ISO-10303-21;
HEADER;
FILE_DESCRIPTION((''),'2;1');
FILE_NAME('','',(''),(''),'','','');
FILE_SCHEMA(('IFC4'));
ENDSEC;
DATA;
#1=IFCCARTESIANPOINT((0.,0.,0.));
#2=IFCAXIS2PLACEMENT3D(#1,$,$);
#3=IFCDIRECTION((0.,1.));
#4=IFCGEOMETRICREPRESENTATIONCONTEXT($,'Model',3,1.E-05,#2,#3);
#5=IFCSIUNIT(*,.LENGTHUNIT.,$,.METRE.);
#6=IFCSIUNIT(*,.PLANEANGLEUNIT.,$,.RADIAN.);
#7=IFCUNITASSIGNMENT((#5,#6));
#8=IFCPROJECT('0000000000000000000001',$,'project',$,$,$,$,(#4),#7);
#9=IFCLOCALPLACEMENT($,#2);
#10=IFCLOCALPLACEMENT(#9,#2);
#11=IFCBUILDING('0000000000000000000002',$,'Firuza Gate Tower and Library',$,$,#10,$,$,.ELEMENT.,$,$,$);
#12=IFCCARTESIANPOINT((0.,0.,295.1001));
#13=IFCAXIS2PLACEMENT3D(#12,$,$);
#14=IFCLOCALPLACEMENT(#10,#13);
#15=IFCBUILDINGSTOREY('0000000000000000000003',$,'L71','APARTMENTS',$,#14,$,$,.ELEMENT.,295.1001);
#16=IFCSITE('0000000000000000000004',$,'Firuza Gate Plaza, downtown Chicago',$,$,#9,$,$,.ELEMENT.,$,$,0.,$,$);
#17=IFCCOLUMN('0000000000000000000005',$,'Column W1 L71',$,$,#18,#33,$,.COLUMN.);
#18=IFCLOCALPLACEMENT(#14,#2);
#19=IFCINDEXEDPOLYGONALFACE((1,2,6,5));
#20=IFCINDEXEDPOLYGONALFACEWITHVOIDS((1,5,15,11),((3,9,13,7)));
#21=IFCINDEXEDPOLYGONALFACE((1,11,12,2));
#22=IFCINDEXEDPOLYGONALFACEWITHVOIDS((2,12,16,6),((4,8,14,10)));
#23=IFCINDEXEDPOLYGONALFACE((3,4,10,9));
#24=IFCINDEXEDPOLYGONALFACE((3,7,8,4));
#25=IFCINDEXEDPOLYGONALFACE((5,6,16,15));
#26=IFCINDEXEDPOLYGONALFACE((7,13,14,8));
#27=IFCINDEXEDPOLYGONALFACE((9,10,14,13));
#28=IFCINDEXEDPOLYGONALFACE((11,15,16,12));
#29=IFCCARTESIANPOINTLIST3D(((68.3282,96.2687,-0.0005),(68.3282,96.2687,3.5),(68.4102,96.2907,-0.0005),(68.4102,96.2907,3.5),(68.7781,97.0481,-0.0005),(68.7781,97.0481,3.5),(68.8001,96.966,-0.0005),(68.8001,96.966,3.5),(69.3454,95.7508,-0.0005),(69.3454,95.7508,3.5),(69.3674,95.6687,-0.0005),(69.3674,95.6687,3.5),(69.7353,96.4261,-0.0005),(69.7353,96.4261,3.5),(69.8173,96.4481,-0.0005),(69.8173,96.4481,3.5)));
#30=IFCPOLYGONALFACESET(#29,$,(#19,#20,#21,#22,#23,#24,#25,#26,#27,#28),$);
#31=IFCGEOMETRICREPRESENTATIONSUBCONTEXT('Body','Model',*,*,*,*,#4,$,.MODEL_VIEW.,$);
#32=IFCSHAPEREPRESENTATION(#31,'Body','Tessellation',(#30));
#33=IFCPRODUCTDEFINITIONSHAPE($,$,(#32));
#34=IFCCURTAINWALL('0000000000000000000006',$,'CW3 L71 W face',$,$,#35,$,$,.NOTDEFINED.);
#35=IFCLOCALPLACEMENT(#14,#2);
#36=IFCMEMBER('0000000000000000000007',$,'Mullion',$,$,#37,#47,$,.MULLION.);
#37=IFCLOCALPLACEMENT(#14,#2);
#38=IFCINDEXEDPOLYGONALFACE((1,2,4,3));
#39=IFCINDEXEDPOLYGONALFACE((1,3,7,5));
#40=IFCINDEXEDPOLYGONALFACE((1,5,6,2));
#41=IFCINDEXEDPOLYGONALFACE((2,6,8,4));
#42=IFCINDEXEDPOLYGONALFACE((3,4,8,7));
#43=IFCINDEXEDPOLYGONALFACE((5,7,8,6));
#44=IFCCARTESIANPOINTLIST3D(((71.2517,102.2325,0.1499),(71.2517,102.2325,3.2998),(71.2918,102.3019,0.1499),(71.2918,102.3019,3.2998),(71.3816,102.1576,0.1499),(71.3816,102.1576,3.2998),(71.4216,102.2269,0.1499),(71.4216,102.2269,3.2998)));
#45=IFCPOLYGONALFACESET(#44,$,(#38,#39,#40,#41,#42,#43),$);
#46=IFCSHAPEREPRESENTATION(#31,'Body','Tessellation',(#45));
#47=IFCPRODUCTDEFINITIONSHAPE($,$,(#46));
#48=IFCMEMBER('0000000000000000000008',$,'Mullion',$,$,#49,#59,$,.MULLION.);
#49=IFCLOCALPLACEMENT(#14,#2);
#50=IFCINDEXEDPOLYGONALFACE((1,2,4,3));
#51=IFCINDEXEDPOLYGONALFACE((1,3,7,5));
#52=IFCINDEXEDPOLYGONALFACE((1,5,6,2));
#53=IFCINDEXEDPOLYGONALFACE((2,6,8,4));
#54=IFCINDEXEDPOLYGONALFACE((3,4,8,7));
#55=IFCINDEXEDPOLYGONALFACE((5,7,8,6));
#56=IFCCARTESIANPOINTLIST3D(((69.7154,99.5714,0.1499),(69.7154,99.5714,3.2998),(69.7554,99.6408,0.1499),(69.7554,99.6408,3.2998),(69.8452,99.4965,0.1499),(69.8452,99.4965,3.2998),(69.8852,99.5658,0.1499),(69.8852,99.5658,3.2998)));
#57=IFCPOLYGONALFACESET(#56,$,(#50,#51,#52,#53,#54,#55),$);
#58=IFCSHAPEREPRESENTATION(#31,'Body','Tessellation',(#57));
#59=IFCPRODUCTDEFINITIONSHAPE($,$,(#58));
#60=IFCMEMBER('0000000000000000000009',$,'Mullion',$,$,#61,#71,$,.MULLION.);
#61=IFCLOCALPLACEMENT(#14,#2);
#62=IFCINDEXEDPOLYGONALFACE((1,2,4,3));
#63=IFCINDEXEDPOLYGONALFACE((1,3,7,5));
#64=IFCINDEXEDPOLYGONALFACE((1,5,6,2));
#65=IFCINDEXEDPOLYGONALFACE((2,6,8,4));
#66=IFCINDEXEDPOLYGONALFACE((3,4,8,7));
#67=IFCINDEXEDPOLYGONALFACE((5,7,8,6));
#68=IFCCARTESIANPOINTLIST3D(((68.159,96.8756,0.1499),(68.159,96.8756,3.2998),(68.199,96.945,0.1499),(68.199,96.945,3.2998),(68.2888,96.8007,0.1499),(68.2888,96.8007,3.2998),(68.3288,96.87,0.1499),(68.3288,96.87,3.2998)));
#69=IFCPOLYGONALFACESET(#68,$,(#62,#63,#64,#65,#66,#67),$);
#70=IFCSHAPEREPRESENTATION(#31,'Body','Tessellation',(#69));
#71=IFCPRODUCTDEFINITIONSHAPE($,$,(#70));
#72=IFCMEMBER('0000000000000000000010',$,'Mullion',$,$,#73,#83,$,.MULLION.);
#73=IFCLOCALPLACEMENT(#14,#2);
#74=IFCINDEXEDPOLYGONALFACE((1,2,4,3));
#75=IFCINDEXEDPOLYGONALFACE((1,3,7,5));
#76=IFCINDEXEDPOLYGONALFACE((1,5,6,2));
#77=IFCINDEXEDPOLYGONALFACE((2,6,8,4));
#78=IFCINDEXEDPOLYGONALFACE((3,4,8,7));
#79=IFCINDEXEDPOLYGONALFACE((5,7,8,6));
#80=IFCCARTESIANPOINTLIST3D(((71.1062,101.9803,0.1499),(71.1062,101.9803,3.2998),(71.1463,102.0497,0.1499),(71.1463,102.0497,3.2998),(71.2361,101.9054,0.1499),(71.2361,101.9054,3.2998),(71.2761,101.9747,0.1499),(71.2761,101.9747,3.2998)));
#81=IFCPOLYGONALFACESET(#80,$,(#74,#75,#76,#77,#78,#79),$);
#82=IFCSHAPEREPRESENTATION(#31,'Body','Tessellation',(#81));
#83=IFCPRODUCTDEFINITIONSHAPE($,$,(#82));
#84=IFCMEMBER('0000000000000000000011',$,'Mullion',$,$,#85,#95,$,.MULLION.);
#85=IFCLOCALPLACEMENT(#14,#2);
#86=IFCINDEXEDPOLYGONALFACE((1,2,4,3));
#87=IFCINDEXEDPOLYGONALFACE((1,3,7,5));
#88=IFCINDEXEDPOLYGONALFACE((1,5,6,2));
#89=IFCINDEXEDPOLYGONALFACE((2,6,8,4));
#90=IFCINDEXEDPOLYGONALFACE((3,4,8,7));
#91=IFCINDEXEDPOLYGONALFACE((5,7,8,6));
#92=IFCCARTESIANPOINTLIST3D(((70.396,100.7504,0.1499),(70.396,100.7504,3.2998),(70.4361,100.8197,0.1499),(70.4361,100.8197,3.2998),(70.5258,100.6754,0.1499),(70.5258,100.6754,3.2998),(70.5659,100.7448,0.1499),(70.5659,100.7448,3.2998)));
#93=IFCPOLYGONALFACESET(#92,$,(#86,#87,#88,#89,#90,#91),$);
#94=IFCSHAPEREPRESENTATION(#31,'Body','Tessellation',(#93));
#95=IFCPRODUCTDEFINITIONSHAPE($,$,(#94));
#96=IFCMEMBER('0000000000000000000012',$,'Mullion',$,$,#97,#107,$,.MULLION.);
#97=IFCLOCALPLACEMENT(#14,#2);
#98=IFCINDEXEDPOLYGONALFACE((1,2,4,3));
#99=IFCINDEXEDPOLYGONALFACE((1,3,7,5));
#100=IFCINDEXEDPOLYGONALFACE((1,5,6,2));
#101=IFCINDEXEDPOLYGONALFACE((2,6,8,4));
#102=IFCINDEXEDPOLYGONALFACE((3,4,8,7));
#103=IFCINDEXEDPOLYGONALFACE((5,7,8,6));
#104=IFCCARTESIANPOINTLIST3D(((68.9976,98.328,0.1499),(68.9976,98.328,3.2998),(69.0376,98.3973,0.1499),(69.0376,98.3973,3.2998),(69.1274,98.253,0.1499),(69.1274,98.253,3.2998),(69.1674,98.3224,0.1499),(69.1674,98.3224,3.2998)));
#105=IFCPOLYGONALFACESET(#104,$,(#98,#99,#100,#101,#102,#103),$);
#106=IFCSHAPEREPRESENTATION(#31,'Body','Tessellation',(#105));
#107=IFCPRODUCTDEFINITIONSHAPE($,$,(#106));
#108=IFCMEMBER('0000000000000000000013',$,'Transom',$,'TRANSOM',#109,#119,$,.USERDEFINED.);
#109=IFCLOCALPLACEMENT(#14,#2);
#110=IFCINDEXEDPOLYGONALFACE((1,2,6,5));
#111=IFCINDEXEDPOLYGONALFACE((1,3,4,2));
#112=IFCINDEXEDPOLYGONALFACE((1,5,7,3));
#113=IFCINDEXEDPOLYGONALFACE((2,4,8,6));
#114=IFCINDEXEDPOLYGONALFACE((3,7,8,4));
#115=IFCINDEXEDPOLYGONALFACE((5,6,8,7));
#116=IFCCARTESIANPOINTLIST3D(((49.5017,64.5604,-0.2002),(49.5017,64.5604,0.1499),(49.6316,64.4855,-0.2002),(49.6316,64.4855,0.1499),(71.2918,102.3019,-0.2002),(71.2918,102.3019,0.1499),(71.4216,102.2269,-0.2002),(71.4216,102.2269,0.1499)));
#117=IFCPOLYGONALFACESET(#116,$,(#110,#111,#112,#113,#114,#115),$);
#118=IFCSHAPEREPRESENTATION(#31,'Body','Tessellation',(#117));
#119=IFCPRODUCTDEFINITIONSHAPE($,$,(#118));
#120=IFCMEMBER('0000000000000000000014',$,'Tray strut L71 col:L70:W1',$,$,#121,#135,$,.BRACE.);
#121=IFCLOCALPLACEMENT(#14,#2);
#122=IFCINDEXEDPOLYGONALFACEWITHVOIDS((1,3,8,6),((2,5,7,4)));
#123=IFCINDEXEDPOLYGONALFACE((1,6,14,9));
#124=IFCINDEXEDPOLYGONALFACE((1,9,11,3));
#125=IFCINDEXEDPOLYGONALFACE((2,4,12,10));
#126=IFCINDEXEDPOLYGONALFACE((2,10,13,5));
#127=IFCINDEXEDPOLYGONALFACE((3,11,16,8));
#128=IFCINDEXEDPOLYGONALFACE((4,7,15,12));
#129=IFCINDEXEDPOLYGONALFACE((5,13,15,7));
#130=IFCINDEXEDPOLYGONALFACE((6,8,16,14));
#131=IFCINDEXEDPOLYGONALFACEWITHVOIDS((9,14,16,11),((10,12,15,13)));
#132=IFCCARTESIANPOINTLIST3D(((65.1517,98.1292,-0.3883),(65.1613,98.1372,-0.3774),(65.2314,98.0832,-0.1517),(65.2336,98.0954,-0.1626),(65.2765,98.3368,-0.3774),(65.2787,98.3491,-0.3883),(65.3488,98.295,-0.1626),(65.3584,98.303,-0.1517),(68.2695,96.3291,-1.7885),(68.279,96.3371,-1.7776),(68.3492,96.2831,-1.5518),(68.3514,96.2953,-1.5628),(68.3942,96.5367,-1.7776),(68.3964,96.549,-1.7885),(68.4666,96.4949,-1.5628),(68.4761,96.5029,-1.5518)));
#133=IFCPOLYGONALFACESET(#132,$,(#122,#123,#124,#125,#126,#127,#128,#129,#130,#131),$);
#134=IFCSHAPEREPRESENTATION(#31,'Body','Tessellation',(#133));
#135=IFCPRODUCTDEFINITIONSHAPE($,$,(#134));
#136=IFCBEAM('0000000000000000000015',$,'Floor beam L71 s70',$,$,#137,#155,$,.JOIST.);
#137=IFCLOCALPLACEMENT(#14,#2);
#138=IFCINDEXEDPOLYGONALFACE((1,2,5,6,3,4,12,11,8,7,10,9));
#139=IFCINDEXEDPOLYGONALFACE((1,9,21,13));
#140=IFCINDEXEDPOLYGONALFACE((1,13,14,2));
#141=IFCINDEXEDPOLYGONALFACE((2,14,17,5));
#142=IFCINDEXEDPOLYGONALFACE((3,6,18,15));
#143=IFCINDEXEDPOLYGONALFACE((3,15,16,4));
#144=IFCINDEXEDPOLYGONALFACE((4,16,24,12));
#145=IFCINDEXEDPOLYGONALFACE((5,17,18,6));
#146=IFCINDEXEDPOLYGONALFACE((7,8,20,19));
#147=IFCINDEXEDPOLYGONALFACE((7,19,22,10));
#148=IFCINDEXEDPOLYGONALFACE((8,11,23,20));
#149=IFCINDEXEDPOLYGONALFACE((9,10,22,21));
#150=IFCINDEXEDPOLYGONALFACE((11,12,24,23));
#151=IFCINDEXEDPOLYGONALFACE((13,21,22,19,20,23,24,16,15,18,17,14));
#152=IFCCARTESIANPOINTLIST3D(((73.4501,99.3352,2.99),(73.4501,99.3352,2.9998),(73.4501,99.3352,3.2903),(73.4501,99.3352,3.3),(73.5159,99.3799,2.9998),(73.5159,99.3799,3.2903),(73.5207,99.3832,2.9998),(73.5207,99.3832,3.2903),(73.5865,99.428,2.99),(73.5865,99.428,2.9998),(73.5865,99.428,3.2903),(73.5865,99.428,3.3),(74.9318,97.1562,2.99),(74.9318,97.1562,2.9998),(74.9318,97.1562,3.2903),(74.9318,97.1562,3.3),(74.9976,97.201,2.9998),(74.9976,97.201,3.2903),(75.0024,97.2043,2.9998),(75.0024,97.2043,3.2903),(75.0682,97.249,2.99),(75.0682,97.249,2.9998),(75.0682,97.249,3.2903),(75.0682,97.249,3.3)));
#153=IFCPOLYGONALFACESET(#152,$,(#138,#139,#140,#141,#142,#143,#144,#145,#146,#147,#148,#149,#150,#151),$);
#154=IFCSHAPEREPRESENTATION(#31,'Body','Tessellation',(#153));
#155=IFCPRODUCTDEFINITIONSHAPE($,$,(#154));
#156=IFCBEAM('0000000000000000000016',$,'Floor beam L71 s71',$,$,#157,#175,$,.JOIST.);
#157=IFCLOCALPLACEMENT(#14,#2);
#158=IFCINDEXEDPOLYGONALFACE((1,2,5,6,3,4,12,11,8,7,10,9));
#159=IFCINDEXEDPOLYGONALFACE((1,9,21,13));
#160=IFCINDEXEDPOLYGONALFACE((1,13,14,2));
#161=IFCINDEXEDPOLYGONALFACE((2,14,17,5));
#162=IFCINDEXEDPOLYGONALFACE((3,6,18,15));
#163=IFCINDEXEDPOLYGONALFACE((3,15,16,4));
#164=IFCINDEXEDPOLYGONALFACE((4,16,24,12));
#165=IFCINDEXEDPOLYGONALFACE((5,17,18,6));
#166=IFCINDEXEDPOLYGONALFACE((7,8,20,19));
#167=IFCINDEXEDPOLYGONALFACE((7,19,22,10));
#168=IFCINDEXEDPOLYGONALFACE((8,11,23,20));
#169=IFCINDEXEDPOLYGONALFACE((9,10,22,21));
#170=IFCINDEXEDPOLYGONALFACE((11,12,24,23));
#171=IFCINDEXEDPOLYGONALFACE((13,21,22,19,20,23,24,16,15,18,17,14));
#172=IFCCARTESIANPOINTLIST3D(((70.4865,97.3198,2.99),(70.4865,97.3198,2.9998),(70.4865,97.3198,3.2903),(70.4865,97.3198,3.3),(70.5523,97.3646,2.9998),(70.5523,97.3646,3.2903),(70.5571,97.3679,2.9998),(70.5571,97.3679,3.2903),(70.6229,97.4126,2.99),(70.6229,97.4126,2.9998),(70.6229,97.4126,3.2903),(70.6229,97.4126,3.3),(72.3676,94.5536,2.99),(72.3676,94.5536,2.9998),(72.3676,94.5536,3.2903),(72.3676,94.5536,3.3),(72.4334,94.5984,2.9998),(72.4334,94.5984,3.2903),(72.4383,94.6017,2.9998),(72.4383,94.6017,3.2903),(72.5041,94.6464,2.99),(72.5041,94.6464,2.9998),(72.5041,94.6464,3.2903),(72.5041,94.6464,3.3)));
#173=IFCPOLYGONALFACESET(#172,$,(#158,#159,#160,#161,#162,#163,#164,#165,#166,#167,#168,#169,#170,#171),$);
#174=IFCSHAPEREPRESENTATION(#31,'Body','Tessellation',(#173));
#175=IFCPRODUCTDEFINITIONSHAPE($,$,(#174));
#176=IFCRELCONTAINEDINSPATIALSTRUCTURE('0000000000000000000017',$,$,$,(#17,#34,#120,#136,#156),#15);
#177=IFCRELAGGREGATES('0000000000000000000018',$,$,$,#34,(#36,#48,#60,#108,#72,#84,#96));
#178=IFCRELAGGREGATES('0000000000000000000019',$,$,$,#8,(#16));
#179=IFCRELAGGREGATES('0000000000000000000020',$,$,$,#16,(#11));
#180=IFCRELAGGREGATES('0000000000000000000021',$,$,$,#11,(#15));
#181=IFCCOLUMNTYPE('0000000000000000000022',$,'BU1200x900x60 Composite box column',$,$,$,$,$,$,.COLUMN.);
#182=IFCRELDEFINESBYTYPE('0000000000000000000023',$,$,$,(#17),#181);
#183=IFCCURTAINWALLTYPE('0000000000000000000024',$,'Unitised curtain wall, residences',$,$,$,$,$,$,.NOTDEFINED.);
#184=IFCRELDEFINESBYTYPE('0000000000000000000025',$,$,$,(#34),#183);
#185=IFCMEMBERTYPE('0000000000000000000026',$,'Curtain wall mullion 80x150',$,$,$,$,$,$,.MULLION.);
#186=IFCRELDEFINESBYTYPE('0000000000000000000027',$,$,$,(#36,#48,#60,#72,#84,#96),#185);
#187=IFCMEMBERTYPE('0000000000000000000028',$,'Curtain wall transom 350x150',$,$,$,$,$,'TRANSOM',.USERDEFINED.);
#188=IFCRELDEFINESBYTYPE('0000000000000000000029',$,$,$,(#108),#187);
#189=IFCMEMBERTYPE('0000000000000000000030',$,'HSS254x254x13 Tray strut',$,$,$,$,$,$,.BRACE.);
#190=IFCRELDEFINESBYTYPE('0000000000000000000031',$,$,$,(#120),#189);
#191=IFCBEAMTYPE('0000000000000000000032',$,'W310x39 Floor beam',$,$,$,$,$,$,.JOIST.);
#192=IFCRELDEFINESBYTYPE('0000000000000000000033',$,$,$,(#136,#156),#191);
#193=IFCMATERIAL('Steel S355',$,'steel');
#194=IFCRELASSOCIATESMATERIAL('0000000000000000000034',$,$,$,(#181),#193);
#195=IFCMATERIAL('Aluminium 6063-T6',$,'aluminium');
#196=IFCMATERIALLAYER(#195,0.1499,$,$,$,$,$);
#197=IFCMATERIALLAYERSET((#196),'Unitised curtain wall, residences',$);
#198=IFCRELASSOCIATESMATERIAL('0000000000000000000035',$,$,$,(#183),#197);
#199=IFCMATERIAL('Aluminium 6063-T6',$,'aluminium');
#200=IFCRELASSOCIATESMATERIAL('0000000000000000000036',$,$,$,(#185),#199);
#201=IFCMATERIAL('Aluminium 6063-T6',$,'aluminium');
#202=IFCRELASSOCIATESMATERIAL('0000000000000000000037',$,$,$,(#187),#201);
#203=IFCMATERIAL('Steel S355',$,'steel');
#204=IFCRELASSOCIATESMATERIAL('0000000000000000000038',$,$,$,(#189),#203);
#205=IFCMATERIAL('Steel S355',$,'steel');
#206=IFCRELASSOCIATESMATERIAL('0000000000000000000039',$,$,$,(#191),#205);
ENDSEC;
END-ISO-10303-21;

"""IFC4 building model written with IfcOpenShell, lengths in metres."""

from ifc_helpers import new_model, si_unit, direction, frame, origin, origin_2d, place, context, subcontext, project, spatial, rectangle, hollow_rectangle, i_section, extrude, material, layer, layer_set, material_profile, profile_set, type_object, element, aggregate, save


model = new_model("IFC4")

# Units and contexts
model_context = context("Model", 3, precision=1e-05, world=origin(), true_north=direction((0.0, 1.0)))
body_context = subcontext(model_context, "Body", "Model", "MODEL_VIEW")
ifc_project = project(units=[si_unit("LENGTHUNIT", "METRE"), si_unit("PLANEANGLEUNIT", "RADIAN")], contexts=[model_context])

# Site, building, storey
site_placement = place(None, origin())
site = spatial("IfcSite", under=ifc_project, at=site_placement, Name="Firuza Gate Plaza, downtown Chicago", CompositionType="ELEMENT", RefElevation=0.0)
building_placement = place(site_placement, origin())
building = spatial("IfcBuilding", under=site, at=building_placement, Name="Firuza Gate Tower and Library", CompositionType="ELEMENT")
storey_placement = place(building_placement, frame((0.0, 0.0, 295.1001)))
storey = spatial("IfcBuildingStorey", under=building, at=storey_placement, Name="L71", Description="APARTMENTS", CompositionType="ELEMENT", Elevation=295.1001)

# Column
ifc_material_1 = material(Name="Steel S355", Category="steel")
ifc_material_profile_1 = material_profile(ifc_material_1, hollow_rectangle(XDim=0.8999, YDim=1.2, WallThickness=0.0601, at=origin_2d()))
ifc_profile_set_1 = profile_set([ifc_material_profile_1], Name="Steel S355")
column_type = type_object("IfcColumnType", Name="BU1200x900x60 Composite box column", PredefinedType="COLUMN", material=ifc_profile_set_1)
column_placement = place(storey_placement, frame((69.0728, 96.3584, -0.0005), z_axis=(0.0, 0.0, 1.0), x_axis=(-0.5, -0.866025, 0.0)))
element("IfcColumn", 1, at=column_placement, inside=storey, type_object=column_type, Name="Column W1 L71", PredefinedType="COLUMN", context=body_context, shape_type="SweptSolid", body=[
    extrude(hollow_rectangle(XDim=0.8999, YDim=1.2, WallThickness=0.0601, at=origin_2d()), origin(), (0.0, 0.0, 1.0), 3.5005),
])

# Curtain wall, members
ifc_material_2 = material(Name="Aluminium 6063-T6", Category="aluminium")
ifc_layer_1 = layer(ifc_material_2, 0.1499)
ifc_layer_set_1 = layer_set([ifc_layer_1], Name="Unitised curtain wall, residences")
curtain_wall_type = type_object("IfcCurtainWallType", Name="Unitised curtain wall, residences", PredefinedType="NOTDEFINED", material=ifc_layer_set_1)
curtain_wall_placement = place(storey_placement, origin())
curtain_wall = element("IfcCurtainWall", 2, at=curtain_wall_placement, inside=storey, type_object=curtain_wall_type, Name="CW3 L71 W face", PredefinedType="NOTDEFINED")
ifc_material_3 = material(Name="Aluminium 6063-T6", Category="aluminium")
ifc_material_profile_2 = material_profile(ifc_material_3, rectangle(XDim=0.1499, YDim=0.0801, at=origin_2d()))
ifc_profile_set_2 = profile_set([ifc_material_profile_2], Name="Aluminium 6063-T6")
member_type_1 = type_object("IfcMemberType", Name="Curtain wall mullion 80x150", PredefinedType="MULLION", material=ifc_profile_set_2)
member_1_placement = place(storey_placement, frame((71.3367, 102.2297, 0.1499), z_axis=(0.0, 0.0, 1.0), x_axis=(0.866025, -0.5, 0.0)))
member_1 = element("IfcMember", 3, at=member_1_placement, type_object=member_type_1, Name="Mullion", PredefinedType="MULLION", context=body_context, shape_type="SweptSolid", body=[
    extrude(rectangle(XDim=0.1499, YDim=0.0801, at=origin_2d()), origin(), (0.0, 0.0, 1.0), 3.1499),
])
member_2_placement = place(storey_placement, frame((69.8003, 99.5686, 0.1499), z_axis=(0.0, 0.0, 1.0), x_axis=(0.866025, -0.5, 0.0)))
member_2 = element("IfcMember", 4, at=member_2_placement, type_object=member_type_1, Name="Mullion", PredefinedType="MULLION", context=body_context, shape_type="SweptSolid", body=[
    extrude(rectangle(XDim=0.1499, YDim=0.0801, at=origin_2d()), origin(), (0.0, 0.0, 1.0), 3.1499),
])
member_3_placement = place(storey_placement, frame((68.2439, 96.8728, 0.1499), z_axis=(0.0, 0.0, 1.0), x_axis=(0.866025, -0.5, 0.0)))
member_3 = element("IfcMember", 5, at=member_3_placement, type_object=member_type_1, Name="Mullion", PredefinedType="MULLION", context=body_context, shape_type="SweptSolid", body=[
    extrude(rectangle(XDim=0.1499, YDim=0.0801, at=origin_2d()), origin(), (0.0, 0.0, 1.0), 3.1499),
])
member_4_placement = place(storey_placement, frame((71.1912, 101.9775, 0.1499), z_axis=(0.0, 0.0, 1.0), x_axis=(0.866025, -0.5, 0.0)))
member_4 = element("IfcMember", 6, at=member_4_placement, type_object=member_type_1, Name="Mullion", PredefinedType="MULLION", context=body_context, shape_type="SweptSolid", body=[
    extrude(rectangle(XDim=0.1499, YDim=0.0801, at=origin_2d()), origin(), (0.0, 0.0, 1.0), 3.1499),
])
member_5_placement = place(storey_placement, frame((70.481, 100.7476, 0.1499), z_axis=(0.0, 0.0, 1.0), x_axis=(0.866025, -0.5, 0.0)))
member_5 = element("IfcMember", 7, at=member_5_placement, type_object=member_type_1, Name="Mullion", PredefinedType="MULLION", context=body_context, shape_type="SweptSolid", body=[
    extrude(rectangle(XDim=0.1499, YDim=0.0801, at=origin_2d()), origin(), (0.0, 0.0, 1.0), 3.1499),
])
member_6_placement = place(storey_placement, frame((69.0825, 98.3252, 0.1499), z_axis=(0.0, 0.0, 1.0), x_axis=(0.866025, -0.5, 0.0)))
member_6 = element("IfcMember", 8, at=member_6_placement, type_object=member_type_1, Name="Mullion", PredefinedType="MULLION", context=body_context, shape_type="SweptSolid", body=[
    extrude(rectangle(XDim=0.1499, YDim=0.0801, at=origin_2d()), origin(), (0.0, 0.0, 1.0), 3.1499),
])
ifc_material_4 = material(Name="Aluminium 6063-T6", Category="aluminium")
ifc_material_profile_3 = material_profile(ifc_material_4, rectangle(XDim=0.1499, YDim=0.3501, at=origin_2d()))
ifc_profile_set_3 = profile_set([ifc_material_profile_3], Name="Aluminium 6063-T6")
member_type_2 = type_object("IfcMemberType", Name="Curtain wall transom 350x150", ElementType="TRANSOM", PredefinedType="USERDEFINED", material=ifc_profile_set_3)
member_7_placement = place(storey_placement, frame((71.3567, 102.2644, -0.0251), z_axis=(-0.5, -0.866025, 0.0), x_axis=(0.866025, -0.5, 0.0)))
member_7 = element("IfcMember", 9, at=member_7_placement, type_object=member_type_2, Name="Transom", ObjectType="TRANSOM", PredefinedType="USERDEFINED", context=body_context, shape_type="SweptSolid", body=[
    extrude(rectangle(XDim=0.1499, YDim=0.3501, at=origin_2d()), origin(), (0.0, 0.0, 1.0), 43.5801),
])

# Member
ifc_material_5 = material(Name="Steel S355", Category="steel")
ifc_material_profile_4 = material_profile(ifc_material_5, hollow_rectangle(XDim=0.2539, YDim=0.2539, WallThickness=0.0117, at=origin_2d()))
ifc_profile_set_4 = profile_set([ifc_material_profile_4], Name="Steel S355")
member_type_3 = type_object("IfcMemberType", Name="HSS254x254x13 Tray strut", PredefinedType="BRACE", material=ifc_profile_set_4)
member_8_placement = place(storey_placement, frame((68.3728, 96.416, -1.6702), z_axis=(-0.807122, 0.466007, 0.362478), x_axis=(-0.500012, -0.866018, 0.0)))
element("IfcMember", 10, at=member_8_placement, inside=storey, type_object=member_type_3, Name="Tray strut L71 col:L70:W1", PredefinedType="BRACE", context=body_context, shape_type="SweptSolid", body=[
    extrude(hollow_rectangle(XDim=0.2539, YDim=0.2539, WallThickness=0.0117, at=origin_2d()), origin(), (0.0, 0.0, 1.0), 3.8628),
])

# Beams
ifc_material_6 = material(Name="Steel S355", Category="steel")
ifc_material_profile_5 = material_profile(ifc_material_6, i_section(OverallWidth=0.165, OverallDepth=0.3101, WebThickness=0.0059, FlangeThickness=0.0098, at=origin_2d()))
ifc_profile_set_5 = profile_set([ifc_material_profile_5], Name="Steel S355")
beam_type_1 = type_object("IfcBeamType", Name="W310x39 Floor beam", PredefinedType="JOIST", material=ifc_profile_set_5)
beam_1_placement = place(storey_placement, frame((73.5183, 99.3816, 3.145), z_axis=(0.56231, -0.826927, 0.0), x_axis=(0.826927, 0.56231, 0.0)))
element("IfcBeam", 11, at=beam_1_placement, inside=storey, type_object=beam_type_1, Name="Floor beam L71 s70", PredefinedType="JOIST", context=body_context, shape_type="SweptSolid", body=[
    extrude(i_section(OverallWidth=0.165, OverallDepth=0.3101, WebThickness=0.0059, FlangeThickness=0.0098, at=origin_2d()), origin(), (0.0, 0.0, 1.0), 2.635),
])
beam_2_placement = place(storey_placement, frame((70.5547, 97.3662, 3.145), z_axis=(0.56234, -0.826906, 0.0), x_axis=(0.826906, 0.56234, 0.0)))
element("IfcBeam", 12, at=beam_2_placement, inside=storey, type_object=beam_type_1, Name="Floor beam L71 s71", PredefinedType="JOIST", context=body_context, shape_type="SweptSolid", body=[
    extrude(i_section(OverallWidth=0.165, OverallDepth=0.3101, WebThickness=0.0059, FlangeThickness=0.0098, at=origin_2d()), origin(), (0.0, 0.0, 1.0), 3.3452),
])

aggregate(curtain_wall, [member_1, member_2, member_3, member_7, member_4, member_5, member_6])

save(model, "model.ifc")
